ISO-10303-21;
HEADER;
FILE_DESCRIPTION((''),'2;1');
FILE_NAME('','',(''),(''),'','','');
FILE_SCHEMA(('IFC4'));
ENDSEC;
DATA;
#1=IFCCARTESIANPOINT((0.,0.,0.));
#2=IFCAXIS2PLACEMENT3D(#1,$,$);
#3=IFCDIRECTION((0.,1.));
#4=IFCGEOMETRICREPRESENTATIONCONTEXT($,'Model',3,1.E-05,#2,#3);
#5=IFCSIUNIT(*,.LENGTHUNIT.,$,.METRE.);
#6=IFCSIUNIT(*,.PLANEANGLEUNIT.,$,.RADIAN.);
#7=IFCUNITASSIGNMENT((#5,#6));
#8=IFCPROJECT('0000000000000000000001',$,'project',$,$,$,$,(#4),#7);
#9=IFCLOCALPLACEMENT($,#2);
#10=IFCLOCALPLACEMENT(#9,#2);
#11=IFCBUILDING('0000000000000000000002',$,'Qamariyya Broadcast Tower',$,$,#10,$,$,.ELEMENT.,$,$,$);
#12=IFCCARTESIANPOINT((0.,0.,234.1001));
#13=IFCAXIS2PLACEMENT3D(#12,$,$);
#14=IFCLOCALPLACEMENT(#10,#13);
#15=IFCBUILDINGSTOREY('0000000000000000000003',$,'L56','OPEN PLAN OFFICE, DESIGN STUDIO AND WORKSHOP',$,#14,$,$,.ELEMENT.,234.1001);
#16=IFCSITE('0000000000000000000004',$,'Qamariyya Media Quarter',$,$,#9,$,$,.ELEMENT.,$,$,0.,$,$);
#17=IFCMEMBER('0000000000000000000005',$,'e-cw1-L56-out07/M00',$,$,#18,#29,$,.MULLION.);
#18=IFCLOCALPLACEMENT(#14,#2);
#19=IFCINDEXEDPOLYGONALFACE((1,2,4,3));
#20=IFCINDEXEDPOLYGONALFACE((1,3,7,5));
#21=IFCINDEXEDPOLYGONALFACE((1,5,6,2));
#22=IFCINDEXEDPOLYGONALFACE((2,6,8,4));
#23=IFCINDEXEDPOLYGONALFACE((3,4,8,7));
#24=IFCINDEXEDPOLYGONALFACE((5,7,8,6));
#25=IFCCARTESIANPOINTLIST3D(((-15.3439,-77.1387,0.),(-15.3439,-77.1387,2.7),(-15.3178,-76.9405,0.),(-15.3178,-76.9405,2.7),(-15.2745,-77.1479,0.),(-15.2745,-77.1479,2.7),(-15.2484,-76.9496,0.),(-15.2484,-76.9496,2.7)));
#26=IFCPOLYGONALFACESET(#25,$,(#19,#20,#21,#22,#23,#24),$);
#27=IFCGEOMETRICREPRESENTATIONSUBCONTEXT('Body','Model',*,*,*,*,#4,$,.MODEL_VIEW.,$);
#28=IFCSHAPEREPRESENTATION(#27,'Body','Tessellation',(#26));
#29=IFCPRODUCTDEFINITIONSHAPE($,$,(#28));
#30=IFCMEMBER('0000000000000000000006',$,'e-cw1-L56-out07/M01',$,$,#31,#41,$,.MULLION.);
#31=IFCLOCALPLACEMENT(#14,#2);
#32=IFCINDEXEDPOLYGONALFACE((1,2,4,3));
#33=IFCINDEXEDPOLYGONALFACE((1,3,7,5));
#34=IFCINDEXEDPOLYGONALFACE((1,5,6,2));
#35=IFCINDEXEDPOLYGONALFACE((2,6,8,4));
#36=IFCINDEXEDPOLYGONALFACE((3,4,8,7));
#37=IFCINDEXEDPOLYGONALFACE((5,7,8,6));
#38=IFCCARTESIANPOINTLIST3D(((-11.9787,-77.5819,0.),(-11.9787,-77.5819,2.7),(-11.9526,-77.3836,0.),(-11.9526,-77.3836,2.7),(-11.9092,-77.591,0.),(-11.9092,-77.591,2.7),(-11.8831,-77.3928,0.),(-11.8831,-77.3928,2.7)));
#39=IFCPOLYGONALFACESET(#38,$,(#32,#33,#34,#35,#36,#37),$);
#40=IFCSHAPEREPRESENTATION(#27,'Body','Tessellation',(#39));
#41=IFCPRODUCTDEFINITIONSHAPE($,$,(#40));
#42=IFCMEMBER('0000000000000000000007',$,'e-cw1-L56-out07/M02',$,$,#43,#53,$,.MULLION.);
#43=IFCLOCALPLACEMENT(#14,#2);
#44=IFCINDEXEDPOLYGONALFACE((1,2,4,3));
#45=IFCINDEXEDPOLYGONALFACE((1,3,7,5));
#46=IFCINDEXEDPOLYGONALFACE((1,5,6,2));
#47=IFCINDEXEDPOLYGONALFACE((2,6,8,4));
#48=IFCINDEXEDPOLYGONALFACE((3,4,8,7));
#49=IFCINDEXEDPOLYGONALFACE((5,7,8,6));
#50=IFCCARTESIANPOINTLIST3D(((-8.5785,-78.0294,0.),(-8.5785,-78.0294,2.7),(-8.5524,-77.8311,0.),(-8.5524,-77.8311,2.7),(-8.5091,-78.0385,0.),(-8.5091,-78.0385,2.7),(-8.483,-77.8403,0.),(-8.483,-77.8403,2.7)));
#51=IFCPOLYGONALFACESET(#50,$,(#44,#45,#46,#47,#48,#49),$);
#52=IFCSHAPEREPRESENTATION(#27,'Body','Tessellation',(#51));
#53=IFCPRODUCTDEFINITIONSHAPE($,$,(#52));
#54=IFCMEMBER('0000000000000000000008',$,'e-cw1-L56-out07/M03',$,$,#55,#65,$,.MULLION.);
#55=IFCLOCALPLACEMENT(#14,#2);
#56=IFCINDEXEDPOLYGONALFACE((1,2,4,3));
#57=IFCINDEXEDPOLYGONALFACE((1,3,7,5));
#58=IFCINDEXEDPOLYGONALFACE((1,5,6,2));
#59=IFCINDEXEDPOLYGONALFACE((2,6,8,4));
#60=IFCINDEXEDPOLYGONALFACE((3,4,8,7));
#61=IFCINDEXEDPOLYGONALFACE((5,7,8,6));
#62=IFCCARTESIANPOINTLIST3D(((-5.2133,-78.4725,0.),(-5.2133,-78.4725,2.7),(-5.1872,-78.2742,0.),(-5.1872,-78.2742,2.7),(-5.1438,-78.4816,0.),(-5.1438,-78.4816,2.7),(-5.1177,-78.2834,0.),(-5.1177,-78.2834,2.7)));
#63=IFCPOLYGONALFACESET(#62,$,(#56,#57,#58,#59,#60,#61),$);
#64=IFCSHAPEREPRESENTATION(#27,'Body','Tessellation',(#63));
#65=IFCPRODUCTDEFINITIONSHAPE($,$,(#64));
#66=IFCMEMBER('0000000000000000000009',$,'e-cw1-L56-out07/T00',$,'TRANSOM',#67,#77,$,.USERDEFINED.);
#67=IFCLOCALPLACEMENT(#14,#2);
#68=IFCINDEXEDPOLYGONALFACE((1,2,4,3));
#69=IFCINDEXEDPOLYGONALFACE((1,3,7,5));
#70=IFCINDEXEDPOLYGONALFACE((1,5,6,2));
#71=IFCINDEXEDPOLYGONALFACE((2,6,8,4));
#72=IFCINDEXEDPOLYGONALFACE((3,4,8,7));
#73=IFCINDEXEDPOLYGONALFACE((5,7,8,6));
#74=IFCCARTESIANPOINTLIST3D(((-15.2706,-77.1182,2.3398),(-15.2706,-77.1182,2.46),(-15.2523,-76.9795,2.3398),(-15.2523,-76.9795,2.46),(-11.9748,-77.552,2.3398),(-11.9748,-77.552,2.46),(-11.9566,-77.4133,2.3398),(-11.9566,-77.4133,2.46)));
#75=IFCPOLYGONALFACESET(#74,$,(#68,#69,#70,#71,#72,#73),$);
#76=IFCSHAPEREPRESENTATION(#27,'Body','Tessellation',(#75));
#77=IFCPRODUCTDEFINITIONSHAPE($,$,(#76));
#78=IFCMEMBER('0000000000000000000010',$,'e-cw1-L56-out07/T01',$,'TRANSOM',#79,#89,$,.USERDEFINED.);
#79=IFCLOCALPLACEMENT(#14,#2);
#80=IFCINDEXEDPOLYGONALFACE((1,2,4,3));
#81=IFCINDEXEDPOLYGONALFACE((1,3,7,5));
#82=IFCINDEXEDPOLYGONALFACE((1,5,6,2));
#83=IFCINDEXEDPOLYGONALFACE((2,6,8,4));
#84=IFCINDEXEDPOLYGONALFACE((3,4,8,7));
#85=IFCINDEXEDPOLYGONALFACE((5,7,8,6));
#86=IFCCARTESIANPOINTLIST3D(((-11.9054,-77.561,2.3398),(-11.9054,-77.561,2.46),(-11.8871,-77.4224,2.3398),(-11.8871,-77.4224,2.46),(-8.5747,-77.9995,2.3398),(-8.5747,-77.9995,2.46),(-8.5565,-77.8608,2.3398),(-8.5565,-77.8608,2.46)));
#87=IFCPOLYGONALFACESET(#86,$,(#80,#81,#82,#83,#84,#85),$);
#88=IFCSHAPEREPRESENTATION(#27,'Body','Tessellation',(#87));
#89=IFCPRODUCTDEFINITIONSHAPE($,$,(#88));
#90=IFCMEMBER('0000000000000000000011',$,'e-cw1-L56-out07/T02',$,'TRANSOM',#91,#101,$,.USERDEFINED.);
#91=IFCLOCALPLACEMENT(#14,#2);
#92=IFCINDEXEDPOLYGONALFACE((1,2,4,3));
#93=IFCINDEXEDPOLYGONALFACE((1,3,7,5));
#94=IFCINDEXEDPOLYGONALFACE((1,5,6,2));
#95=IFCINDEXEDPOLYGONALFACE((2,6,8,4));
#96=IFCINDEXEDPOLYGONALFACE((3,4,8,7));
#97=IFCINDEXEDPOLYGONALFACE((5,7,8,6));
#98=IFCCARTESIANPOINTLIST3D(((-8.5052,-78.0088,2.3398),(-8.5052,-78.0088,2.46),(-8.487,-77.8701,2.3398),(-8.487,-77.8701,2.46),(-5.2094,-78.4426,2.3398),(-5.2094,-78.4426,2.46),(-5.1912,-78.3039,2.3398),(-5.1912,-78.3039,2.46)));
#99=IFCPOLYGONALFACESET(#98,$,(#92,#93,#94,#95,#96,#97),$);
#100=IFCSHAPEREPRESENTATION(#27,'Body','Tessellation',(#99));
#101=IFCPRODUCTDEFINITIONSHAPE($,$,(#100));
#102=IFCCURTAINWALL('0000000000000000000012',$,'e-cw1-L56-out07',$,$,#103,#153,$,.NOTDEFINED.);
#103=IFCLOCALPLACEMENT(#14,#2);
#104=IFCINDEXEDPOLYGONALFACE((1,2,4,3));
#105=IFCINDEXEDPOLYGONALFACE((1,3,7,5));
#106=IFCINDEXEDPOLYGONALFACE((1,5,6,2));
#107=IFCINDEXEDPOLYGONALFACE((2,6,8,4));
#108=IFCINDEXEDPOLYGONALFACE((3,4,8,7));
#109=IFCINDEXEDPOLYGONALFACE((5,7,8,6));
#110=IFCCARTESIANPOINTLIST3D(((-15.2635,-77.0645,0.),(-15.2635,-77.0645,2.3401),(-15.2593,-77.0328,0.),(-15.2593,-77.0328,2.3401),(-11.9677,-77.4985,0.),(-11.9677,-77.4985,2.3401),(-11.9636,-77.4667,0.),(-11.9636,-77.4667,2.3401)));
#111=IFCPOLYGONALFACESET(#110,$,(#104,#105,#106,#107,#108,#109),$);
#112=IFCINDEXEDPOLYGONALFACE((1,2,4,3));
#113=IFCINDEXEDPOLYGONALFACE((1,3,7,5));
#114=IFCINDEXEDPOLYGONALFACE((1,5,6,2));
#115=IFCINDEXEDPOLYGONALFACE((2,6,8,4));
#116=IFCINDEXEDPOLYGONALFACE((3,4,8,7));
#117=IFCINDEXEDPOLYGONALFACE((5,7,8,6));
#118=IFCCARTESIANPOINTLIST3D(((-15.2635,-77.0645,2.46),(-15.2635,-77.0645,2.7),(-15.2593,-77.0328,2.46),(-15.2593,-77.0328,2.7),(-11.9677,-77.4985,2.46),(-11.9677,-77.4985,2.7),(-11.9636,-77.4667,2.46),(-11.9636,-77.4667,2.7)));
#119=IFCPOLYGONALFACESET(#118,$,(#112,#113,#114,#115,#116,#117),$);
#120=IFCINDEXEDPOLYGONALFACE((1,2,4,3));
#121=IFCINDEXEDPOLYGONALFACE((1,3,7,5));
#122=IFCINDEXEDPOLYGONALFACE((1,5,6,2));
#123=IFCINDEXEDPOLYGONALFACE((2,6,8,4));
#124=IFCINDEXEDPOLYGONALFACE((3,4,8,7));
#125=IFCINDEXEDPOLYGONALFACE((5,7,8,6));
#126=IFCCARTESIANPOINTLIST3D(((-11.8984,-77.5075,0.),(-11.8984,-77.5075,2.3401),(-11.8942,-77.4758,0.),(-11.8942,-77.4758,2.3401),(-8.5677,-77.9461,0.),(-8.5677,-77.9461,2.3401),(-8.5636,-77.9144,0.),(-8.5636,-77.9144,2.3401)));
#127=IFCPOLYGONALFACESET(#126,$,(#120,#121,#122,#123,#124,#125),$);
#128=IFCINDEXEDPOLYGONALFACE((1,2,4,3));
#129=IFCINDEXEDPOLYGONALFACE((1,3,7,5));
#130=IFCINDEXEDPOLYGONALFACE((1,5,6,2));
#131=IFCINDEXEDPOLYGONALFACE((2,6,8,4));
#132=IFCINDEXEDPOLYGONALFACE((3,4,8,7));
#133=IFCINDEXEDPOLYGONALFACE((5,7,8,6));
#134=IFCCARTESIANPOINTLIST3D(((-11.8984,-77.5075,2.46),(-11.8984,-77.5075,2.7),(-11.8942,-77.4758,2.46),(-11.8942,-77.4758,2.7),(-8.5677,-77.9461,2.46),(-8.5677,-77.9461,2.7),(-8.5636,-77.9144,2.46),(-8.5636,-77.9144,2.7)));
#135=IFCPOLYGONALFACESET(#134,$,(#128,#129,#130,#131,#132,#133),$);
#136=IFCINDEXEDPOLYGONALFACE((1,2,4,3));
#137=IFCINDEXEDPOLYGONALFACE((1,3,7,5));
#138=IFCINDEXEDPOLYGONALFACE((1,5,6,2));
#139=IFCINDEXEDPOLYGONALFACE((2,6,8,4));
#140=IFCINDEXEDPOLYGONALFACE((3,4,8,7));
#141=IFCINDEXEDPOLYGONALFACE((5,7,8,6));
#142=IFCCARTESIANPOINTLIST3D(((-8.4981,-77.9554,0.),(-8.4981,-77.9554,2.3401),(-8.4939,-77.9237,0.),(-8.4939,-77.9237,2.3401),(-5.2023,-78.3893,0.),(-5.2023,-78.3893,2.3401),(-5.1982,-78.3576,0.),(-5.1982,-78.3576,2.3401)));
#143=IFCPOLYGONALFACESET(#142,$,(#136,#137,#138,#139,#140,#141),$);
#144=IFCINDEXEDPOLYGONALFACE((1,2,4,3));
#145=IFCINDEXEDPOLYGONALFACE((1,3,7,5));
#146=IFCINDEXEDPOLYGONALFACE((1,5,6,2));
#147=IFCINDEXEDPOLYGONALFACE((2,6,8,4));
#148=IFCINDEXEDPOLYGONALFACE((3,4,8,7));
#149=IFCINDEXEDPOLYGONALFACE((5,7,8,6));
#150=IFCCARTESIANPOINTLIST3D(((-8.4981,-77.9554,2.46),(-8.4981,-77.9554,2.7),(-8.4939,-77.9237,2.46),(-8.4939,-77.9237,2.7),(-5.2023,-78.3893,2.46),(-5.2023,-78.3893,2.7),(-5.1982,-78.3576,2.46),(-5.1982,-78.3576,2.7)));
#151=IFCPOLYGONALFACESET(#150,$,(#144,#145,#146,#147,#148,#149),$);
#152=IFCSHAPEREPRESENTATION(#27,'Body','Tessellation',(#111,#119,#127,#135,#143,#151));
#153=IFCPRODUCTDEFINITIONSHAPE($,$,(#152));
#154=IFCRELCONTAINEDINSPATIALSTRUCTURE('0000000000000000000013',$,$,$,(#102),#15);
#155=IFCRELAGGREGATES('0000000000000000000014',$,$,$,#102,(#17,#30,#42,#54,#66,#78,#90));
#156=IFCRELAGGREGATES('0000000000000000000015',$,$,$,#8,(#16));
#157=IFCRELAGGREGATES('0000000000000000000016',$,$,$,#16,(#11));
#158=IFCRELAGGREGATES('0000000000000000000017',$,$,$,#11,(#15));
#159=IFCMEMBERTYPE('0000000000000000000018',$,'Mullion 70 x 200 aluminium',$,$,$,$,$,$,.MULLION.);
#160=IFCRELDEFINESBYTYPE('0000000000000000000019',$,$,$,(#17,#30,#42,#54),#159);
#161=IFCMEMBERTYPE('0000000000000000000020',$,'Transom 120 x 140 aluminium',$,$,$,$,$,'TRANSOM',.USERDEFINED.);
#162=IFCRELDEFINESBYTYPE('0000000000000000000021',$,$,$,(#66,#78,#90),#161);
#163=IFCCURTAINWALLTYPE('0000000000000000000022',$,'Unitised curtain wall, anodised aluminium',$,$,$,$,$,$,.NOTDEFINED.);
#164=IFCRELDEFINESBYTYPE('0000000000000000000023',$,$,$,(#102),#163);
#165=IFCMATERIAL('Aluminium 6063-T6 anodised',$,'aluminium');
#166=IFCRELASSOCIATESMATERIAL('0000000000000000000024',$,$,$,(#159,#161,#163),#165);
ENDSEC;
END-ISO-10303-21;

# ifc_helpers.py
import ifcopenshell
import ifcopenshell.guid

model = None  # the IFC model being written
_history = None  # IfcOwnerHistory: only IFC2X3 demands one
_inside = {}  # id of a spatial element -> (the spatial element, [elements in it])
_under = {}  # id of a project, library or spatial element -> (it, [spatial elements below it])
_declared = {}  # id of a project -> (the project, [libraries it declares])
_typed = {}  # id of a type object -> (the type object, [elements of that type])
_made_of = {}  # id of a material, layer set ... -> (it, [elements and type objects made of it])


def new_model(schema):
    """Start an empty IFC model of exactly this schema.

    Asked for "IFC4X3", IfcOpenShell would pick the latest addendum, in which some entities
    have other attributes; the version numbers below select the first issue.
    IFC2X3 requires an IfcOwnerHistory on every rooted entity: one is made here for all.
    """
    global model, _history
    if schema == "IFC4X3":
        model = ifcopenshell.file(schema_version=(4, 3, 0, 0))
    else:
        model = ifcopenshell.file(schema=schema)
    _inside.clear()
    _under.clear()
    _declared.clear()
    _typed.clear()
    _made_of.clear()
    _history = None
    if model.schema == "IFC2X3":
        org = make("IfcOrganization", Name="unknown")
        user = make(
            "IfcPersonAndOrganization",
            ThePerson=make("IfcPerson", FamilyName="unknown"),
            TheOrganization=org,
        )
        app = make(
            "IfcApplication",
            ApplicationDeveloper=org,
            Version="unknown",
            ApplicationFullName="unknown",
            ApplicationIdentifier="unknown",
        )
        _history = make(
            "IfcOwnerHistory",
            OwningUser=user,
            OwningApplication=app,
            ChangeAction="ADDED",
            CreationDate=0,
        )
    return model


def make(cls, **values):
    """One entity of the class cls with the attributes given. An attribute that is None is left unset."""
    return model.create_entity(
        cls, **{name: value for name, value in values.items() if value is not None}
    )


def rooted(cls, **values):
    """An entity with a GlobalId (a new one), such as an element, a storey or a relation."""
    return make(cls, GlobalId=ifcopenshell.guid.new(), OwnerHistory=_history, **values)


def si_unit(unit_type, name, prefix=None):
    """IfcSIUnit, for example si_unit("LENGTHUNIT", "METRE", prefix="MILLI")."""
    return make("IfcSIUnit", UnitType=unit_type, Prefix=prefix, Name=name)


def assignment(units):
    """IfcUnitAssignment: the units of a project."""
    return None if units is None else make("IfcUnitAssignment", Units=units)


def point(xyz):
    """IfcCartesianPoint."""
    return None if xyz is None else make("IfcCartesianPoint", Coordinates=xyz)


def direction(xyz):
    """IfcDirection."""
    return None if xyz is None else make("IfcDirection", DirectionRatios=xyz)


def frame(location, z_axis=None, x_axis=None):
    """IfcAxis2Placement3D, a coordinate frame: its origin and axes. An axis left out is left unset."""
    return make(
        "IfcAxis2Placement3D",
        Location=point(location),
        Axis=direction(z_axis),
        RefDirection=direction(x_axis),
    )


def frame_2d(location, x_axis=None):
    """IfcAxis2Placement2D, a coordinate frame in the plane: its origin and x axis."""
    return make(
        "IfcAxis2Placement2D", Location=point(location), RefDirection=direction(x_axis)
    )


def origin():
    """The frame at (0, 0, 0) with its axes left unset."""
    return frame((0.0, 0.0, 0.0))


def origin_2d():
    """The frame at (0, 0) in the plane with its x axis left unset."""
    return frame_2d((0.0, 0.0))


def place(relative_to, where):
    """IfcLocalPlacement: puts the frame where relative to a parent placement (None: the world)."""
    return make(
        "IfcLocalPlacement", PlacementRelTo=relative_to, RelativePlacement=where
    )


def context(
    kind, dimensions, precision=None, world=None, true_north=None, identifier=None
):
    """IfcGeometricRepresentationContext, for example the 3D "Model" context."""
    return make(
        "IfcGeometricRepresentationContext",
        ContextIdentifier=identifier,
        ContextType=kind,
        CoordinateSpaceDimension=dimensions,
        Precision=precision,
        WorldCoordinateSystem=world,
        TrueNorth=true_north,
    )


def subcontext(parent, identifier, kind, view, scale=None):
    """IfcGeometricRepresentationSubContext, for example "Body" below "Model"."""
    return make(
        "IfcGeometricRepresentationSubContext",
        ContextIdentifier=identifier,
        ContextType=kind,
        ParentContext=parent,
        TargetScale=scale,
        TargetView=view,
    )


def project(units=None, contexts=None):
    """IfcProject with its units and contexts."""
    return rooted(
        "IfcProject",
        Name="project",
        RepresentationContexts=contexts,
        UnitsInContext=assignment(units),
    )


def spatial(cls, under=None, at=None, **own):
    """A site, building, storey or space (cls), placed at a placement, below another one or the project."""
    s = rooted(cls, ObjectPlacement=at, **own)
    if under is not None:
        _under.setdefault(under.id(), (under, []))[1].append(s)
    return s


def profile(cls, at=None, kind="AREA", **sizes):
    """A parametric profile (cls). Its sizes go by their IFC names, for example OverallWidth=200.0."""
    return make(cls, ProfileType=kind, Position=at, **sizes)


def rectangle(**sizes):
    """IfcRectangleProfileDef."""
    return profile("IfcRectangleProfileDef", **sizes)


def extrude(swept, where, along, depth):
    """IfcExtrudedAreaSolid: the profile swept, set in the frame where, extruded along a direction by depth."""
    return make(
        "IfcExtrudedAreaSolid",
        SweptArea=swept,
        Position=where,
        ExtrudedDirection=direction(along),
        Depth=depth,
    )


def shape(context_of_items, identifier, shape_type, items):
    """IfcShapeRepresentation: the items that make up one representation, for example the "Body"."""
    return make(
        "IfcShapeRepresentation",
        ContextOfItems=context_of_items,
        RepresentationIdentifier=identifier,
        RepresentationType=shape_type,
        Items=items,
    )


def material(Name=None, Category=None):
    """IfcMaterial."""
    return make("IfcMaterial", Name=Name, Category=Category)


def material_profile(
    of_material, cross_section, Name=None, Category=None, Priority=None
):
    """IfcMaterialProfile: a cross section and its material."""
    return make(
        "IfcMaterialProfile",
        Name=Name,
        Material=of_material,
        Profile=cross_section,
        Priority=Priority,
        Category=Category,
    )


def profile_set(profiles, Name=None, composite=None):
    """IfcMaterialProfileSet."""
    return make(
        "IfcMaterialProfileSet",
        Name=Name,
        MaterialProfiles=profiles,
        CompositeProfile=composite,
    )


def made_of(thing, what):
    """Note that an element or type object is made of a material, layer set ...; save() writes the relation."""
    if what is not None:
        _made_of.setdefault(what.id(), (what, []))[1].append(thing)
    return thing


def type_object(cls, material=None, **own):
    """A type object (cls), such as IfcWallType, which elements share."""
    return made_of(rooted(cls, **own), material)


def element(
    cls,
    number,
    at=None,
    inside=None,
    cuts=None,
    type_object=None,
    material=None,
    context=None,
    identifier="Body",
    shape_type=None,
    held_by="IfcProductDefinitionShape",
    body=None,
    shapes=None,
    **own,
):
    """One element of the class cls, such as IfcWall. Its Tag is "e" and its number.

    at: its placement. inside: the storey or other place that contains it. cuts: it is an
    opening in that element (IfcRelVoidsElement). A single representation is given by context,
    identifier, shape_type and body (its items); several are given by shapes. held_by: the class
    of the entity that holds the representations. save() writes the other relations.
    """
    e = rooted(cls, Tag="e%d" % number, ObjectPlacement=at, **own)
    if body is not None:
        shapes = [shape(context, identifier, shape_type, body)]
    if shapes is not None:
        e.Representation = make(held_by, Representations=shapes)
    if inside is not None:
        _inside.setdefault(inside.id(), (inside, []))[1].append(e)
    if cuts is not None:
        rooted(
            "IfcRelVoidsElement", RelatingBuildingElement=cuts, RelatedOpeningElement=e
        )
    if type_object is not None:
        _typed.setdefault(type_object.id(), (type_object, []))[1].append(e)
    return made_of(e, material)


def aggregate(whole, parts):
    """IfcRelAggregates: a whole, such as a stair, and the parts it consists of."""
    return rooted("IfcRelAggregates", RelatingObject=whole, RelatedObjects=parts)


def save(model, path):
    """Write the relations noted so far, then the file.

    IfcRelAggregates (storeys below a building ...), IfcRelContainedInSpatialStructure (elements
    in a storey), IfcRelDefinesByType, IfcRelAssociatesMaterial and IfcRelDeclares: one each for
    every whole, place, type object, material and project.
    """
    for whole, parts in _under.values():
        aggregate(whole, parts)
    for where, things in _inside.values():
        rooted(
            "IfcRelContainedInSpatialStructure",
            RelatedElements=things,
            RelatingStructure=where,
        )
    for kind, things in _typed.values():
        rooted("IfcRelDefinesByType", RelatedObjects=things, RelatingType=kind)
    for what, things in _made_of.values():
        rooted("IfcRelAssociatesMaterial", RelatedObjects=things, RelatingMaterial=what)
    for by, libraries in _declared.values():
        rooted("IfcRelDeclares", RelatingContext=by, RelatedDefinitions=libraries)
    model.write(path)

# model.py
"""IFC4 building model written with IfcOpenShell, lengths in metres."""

from ifc_helpers import new_model, si_unit, direction, frame, origin, origin_2d, place, context, subcontext, project, spatial, rectangle, extrude, material, material_profile, profile_set, type_object, element, aggregate, save


model = new_model("IFC4")

# Units and contexts
model_context = context("Model", 3, precision=1e-05, world=origin(), true_north=direction((0.0, 1.0)))
body_context = subcontext(model_context, "Body", "Model", "MODEL_VIEW")
ifc_project = project(units=[si_unit("LENGTHUNIT", "METRE"), si_unit("PLANEANGLEUNIT", "RADIAN")], contexts=[model_context])

# Members
ifc_material = material(Name="Aluminium 6063-T6 anodised", Category="aluminium")
ifc_material_profile_1 = material_profile(ifc_material, rectangle(XDim=0.2, YDim=0.0701, at=origin_2d()))
ifc_profile_set_1 = profile_set([ifc_material_profile_1], Name="Aluminium 6063-T6 anodised")
member_type_1 = type_object("IfcMemberType", Name="Mullion 70 x 200 aluminium", PredefinedType="MULLION", material=ifc_profile_set_1)
site_placement = place(None, origin())
building_placement = place(site_placement, origin())
storey_placement = place(building_placement, frame((0.0, 0.0, 234.1001)))
member_1_placement = place(storey_placement, frame((-15.2961, -77.0442, 0.0), z_axis=(0.0, 0.0, 1.0), x_axis=(0.130526, 0.991445, 0.0)))
member_1 = element("IfcMember", 1, at=member_1_placement, type_object=member_type_1, Name="e-cw1-L56-out07/M00", PredefinedType="MULLION", context=body_context, shape_type="SweptSolid", body=[
    extrude(rectangle(XDim=0.2, YDim=0.0701, at=origin_2d()), origin(), (0.0, 0.0, 1.0), 2.7),
])
member_2_placement = place(storey_placement, frame((-11.9309, -77.4873, 0.0), z_axis=(0.0, 0.0, 1.0), x_axis=(0.130526, 0.991445, 0.0)))
member_2 = element("IfcMember", 2, at=member_2_placement, type_object=member_type_1, Name="e-cw1-L56-out07/M01", PredefinedType="MULLION", context=body_context, shape_type="SweptSolid", body=[
    extrude(rectangle(XDim=0.2, YDim=0.0701, at=origin_2d()), origin(), (0.0, 0.0, 1.0), 2.7),
])
member_3_placement = place(storey_placement, frame((-8.5308, -77.9348, 0.0), z_axis=(0.0, 0.0, 1.0), x_axis=(0.130526, 0.991445, 0.0)))
member_3 = element("IfcMember", 3, at=member_3_placement, type_object=member_type_1, Name="e-cw1-L56-out07/M02", PredefinedType="MULLION", context=body_context, shape_type="SweptSolid", body=[
    extrude(rectangle(XDim=0.2, YDim=0.0701, at=origin_2d()), origin(), (0.0, 0.0, 1.0), 2.7),
])
member_4_placement = place(storey_placement, frame((-5.1655, -78.3779, 0.0), z_axis=(0.0, 0.0, 1.0), x_axis=(0.130526, 0.991445, 0.0)))
member_4 = element("IfcMember", 4, at=member_4_placement, type_object=member_type_1, Name="e-cw1-L56-out07/M03", PredefinedType="MULLION", context=body_context, shape_type="SweptSolid", body=[
    extrude(rectangle(XDim=0.2, YDim=0.0701, at=origin_2d()), origin(), (0.0, 0.0, 1.0), 2.7),
])
ifc_material_profile_2 = material_profile(ifc_material, rectangle(XDim=0.1399, YDim=0.1201, at=origin_2d()))
ifc_profile_set_2 = profile_set([ifc_material_profile_2], Name="Aluminium 6063-T6 anodised")
member_type_2 = type_object("IfcMemberType", Name="Transom 120 x 140 aluminium", ElementType="TRANSOM", PredefinedType="USERDEFINED", material=ifc_profile_set_2)
member_5_placement = place(storey_placement, frame((-15.2615, -77.0488, 2.3999), z_axis=(0.991448, -0.130504, 0.0), x_axis=(0.130504, 0.991448, 0.0)))
member_5 = element("IfcMember", 5, at=member_5_placement, type_object=member_type_2, Name="e-cw1-L56-out07/T00", ObjectType="TRANSOM", PredefinedType="USERDEFINED", context=body_context, shape_type="SweptSolid", body=[
    extrude(rectangle(XDim=0.1399, YDim=0.1201, at=origin_2d()), origin(), (0.0, 0.0, 1.0), 3.3242),
])
member_6_placement = place(storey_placement, frame((-11.8962, -77.4917, 2.3999), z_axis=(0.991445, -0.130526, 0.0), x_axis=(0.130526, 0.991445, 0.0)))
member_6 = element("IfcMember", 6, at=member_6_placement, type_object=member_type_2, Name="e-cw1-L56-out07/T01", ObjectType="TRANSOM", PredefinedType="USERDEFINED", context=body_context, shape_type="SweptSolid", body=[
    extrude(rectangle(XDim=0.1399, YDim=0.1201, at=origin_2d()), origin(), (0.0, 0.0, 1.0), 3.3594),
])
member_7_placement = place(storey_placement, frame((-8.4961, -77.9395, 2.3999), z_axis=(0.991448, -0.130504, 0.0), x_axis=(0.130504, 0.991448, 0.0)))
member_7 = element("IfcMember", 7, at=member_7_placement, type_object=member_type_2, Name="e-cw1-L56-out07/T02", ObjectType="TRANSOM", PredefinedType="USERDEFINED", context=body_context, shape_type="SweptSolid", body=[
    extrude(rectangle(XDim=0.1399, YDim=0.1201, at=origin_2d()), origin(), (0.0, 0.0, 1.0), 3.3242),
])

# Site, building, storey
site = spatial("IfcSite", under=ifc_project, at=site_placement, Name="Qamariyya Media Quarter", CompositionType="ELEMENT", RefElevation=0.0)
building = spatial("IfcBuilding", under=site, at=building_placement, Name="Qamariyya Broadcast Tower", CompositionType="ELEMENT")
storey = spatial("IfcBuildingStorey", under=building, at=storey_placement, Name="L56", Description="OPEN PLAN OFFICE, DESIGN STUDIO AND WORKSHOP", CompositionType="ELEMENT", Elevation=234.1001)

# Curtain wall
curtain_wall_type = type_object("IfcCurtainWallType", Name="Unitised curtain wall, anodised aluminium", PredefinedType="NOTDEFINED", material=ifc_material)
curtain_wall_1_placement = place(storey_placement, origin())
curtain_wall_1 = element("IfcCurtainWall", 8, at=curtain_wall_1_placement, inside=storey, type_object=curtain_wall_type, Name="e-cw1-L56-out07", PredefinedType="NOTDEFINED", context=body_context, shape_type="SweptSolid", body=[
    extrude(rectangle(XDim=3.3242, YDim=0.032, at=origin_2d()), frame((-13.6135, -77.2656, 0.0), x_axis=(0.991443, -0.130542, 0.0)), (0.0, 0.0, 1.0), 2.3401),
    extrude(rectangle(XDim=3.3242, YDim=0.032, at=origin_2d()), frame((-13.6135, -77.2656, 2.46), x_axis=(0.991443, -0.130542, 0.0)), (0.0, 0.0, 1.0), 0.24),
    extrude(rectangle(XDim=3.3594, YDim=0.032, at=origin_2d()), frame((-10.231, -77.7109, 0.0), x_axis=(0.991443, -0.130542, 0.0)), (0.0, 0.0, 1.0), 2.3401),
    extrude(rectangle(XDim=3.3594, YDim=0.032, at=origin_2d()), frame((-10.231, -77.7109, 2.46), x_axis=(0.991443, -0.130542, 0.0)), (0.0, 0.0, 1.0), 0.24),
    extrude(rectangle(XDim=3.3242, YDim=0.032, at=origin_2d()), frame((-6.8481, -78.1565, 0.0), x_axis=(0.991443, -0.130542, 0.0)), (0.0, 0.0, 1.0), 2.3401),
    extrude(rectangle(XDim=3.3242, YDim=0.032, at=origin_2d()), frame((-6.8481, -78.1565, 2.46), x_axis=(0.991443, -0.130542, 0.0)), (0.0, 0.0, 1.0), 0.24),
])
aggregate(curtain_wall_1, [member_1, member_2, member_3, member_4, member_5, member_6, member_7])

save(model, "model.ifc")
